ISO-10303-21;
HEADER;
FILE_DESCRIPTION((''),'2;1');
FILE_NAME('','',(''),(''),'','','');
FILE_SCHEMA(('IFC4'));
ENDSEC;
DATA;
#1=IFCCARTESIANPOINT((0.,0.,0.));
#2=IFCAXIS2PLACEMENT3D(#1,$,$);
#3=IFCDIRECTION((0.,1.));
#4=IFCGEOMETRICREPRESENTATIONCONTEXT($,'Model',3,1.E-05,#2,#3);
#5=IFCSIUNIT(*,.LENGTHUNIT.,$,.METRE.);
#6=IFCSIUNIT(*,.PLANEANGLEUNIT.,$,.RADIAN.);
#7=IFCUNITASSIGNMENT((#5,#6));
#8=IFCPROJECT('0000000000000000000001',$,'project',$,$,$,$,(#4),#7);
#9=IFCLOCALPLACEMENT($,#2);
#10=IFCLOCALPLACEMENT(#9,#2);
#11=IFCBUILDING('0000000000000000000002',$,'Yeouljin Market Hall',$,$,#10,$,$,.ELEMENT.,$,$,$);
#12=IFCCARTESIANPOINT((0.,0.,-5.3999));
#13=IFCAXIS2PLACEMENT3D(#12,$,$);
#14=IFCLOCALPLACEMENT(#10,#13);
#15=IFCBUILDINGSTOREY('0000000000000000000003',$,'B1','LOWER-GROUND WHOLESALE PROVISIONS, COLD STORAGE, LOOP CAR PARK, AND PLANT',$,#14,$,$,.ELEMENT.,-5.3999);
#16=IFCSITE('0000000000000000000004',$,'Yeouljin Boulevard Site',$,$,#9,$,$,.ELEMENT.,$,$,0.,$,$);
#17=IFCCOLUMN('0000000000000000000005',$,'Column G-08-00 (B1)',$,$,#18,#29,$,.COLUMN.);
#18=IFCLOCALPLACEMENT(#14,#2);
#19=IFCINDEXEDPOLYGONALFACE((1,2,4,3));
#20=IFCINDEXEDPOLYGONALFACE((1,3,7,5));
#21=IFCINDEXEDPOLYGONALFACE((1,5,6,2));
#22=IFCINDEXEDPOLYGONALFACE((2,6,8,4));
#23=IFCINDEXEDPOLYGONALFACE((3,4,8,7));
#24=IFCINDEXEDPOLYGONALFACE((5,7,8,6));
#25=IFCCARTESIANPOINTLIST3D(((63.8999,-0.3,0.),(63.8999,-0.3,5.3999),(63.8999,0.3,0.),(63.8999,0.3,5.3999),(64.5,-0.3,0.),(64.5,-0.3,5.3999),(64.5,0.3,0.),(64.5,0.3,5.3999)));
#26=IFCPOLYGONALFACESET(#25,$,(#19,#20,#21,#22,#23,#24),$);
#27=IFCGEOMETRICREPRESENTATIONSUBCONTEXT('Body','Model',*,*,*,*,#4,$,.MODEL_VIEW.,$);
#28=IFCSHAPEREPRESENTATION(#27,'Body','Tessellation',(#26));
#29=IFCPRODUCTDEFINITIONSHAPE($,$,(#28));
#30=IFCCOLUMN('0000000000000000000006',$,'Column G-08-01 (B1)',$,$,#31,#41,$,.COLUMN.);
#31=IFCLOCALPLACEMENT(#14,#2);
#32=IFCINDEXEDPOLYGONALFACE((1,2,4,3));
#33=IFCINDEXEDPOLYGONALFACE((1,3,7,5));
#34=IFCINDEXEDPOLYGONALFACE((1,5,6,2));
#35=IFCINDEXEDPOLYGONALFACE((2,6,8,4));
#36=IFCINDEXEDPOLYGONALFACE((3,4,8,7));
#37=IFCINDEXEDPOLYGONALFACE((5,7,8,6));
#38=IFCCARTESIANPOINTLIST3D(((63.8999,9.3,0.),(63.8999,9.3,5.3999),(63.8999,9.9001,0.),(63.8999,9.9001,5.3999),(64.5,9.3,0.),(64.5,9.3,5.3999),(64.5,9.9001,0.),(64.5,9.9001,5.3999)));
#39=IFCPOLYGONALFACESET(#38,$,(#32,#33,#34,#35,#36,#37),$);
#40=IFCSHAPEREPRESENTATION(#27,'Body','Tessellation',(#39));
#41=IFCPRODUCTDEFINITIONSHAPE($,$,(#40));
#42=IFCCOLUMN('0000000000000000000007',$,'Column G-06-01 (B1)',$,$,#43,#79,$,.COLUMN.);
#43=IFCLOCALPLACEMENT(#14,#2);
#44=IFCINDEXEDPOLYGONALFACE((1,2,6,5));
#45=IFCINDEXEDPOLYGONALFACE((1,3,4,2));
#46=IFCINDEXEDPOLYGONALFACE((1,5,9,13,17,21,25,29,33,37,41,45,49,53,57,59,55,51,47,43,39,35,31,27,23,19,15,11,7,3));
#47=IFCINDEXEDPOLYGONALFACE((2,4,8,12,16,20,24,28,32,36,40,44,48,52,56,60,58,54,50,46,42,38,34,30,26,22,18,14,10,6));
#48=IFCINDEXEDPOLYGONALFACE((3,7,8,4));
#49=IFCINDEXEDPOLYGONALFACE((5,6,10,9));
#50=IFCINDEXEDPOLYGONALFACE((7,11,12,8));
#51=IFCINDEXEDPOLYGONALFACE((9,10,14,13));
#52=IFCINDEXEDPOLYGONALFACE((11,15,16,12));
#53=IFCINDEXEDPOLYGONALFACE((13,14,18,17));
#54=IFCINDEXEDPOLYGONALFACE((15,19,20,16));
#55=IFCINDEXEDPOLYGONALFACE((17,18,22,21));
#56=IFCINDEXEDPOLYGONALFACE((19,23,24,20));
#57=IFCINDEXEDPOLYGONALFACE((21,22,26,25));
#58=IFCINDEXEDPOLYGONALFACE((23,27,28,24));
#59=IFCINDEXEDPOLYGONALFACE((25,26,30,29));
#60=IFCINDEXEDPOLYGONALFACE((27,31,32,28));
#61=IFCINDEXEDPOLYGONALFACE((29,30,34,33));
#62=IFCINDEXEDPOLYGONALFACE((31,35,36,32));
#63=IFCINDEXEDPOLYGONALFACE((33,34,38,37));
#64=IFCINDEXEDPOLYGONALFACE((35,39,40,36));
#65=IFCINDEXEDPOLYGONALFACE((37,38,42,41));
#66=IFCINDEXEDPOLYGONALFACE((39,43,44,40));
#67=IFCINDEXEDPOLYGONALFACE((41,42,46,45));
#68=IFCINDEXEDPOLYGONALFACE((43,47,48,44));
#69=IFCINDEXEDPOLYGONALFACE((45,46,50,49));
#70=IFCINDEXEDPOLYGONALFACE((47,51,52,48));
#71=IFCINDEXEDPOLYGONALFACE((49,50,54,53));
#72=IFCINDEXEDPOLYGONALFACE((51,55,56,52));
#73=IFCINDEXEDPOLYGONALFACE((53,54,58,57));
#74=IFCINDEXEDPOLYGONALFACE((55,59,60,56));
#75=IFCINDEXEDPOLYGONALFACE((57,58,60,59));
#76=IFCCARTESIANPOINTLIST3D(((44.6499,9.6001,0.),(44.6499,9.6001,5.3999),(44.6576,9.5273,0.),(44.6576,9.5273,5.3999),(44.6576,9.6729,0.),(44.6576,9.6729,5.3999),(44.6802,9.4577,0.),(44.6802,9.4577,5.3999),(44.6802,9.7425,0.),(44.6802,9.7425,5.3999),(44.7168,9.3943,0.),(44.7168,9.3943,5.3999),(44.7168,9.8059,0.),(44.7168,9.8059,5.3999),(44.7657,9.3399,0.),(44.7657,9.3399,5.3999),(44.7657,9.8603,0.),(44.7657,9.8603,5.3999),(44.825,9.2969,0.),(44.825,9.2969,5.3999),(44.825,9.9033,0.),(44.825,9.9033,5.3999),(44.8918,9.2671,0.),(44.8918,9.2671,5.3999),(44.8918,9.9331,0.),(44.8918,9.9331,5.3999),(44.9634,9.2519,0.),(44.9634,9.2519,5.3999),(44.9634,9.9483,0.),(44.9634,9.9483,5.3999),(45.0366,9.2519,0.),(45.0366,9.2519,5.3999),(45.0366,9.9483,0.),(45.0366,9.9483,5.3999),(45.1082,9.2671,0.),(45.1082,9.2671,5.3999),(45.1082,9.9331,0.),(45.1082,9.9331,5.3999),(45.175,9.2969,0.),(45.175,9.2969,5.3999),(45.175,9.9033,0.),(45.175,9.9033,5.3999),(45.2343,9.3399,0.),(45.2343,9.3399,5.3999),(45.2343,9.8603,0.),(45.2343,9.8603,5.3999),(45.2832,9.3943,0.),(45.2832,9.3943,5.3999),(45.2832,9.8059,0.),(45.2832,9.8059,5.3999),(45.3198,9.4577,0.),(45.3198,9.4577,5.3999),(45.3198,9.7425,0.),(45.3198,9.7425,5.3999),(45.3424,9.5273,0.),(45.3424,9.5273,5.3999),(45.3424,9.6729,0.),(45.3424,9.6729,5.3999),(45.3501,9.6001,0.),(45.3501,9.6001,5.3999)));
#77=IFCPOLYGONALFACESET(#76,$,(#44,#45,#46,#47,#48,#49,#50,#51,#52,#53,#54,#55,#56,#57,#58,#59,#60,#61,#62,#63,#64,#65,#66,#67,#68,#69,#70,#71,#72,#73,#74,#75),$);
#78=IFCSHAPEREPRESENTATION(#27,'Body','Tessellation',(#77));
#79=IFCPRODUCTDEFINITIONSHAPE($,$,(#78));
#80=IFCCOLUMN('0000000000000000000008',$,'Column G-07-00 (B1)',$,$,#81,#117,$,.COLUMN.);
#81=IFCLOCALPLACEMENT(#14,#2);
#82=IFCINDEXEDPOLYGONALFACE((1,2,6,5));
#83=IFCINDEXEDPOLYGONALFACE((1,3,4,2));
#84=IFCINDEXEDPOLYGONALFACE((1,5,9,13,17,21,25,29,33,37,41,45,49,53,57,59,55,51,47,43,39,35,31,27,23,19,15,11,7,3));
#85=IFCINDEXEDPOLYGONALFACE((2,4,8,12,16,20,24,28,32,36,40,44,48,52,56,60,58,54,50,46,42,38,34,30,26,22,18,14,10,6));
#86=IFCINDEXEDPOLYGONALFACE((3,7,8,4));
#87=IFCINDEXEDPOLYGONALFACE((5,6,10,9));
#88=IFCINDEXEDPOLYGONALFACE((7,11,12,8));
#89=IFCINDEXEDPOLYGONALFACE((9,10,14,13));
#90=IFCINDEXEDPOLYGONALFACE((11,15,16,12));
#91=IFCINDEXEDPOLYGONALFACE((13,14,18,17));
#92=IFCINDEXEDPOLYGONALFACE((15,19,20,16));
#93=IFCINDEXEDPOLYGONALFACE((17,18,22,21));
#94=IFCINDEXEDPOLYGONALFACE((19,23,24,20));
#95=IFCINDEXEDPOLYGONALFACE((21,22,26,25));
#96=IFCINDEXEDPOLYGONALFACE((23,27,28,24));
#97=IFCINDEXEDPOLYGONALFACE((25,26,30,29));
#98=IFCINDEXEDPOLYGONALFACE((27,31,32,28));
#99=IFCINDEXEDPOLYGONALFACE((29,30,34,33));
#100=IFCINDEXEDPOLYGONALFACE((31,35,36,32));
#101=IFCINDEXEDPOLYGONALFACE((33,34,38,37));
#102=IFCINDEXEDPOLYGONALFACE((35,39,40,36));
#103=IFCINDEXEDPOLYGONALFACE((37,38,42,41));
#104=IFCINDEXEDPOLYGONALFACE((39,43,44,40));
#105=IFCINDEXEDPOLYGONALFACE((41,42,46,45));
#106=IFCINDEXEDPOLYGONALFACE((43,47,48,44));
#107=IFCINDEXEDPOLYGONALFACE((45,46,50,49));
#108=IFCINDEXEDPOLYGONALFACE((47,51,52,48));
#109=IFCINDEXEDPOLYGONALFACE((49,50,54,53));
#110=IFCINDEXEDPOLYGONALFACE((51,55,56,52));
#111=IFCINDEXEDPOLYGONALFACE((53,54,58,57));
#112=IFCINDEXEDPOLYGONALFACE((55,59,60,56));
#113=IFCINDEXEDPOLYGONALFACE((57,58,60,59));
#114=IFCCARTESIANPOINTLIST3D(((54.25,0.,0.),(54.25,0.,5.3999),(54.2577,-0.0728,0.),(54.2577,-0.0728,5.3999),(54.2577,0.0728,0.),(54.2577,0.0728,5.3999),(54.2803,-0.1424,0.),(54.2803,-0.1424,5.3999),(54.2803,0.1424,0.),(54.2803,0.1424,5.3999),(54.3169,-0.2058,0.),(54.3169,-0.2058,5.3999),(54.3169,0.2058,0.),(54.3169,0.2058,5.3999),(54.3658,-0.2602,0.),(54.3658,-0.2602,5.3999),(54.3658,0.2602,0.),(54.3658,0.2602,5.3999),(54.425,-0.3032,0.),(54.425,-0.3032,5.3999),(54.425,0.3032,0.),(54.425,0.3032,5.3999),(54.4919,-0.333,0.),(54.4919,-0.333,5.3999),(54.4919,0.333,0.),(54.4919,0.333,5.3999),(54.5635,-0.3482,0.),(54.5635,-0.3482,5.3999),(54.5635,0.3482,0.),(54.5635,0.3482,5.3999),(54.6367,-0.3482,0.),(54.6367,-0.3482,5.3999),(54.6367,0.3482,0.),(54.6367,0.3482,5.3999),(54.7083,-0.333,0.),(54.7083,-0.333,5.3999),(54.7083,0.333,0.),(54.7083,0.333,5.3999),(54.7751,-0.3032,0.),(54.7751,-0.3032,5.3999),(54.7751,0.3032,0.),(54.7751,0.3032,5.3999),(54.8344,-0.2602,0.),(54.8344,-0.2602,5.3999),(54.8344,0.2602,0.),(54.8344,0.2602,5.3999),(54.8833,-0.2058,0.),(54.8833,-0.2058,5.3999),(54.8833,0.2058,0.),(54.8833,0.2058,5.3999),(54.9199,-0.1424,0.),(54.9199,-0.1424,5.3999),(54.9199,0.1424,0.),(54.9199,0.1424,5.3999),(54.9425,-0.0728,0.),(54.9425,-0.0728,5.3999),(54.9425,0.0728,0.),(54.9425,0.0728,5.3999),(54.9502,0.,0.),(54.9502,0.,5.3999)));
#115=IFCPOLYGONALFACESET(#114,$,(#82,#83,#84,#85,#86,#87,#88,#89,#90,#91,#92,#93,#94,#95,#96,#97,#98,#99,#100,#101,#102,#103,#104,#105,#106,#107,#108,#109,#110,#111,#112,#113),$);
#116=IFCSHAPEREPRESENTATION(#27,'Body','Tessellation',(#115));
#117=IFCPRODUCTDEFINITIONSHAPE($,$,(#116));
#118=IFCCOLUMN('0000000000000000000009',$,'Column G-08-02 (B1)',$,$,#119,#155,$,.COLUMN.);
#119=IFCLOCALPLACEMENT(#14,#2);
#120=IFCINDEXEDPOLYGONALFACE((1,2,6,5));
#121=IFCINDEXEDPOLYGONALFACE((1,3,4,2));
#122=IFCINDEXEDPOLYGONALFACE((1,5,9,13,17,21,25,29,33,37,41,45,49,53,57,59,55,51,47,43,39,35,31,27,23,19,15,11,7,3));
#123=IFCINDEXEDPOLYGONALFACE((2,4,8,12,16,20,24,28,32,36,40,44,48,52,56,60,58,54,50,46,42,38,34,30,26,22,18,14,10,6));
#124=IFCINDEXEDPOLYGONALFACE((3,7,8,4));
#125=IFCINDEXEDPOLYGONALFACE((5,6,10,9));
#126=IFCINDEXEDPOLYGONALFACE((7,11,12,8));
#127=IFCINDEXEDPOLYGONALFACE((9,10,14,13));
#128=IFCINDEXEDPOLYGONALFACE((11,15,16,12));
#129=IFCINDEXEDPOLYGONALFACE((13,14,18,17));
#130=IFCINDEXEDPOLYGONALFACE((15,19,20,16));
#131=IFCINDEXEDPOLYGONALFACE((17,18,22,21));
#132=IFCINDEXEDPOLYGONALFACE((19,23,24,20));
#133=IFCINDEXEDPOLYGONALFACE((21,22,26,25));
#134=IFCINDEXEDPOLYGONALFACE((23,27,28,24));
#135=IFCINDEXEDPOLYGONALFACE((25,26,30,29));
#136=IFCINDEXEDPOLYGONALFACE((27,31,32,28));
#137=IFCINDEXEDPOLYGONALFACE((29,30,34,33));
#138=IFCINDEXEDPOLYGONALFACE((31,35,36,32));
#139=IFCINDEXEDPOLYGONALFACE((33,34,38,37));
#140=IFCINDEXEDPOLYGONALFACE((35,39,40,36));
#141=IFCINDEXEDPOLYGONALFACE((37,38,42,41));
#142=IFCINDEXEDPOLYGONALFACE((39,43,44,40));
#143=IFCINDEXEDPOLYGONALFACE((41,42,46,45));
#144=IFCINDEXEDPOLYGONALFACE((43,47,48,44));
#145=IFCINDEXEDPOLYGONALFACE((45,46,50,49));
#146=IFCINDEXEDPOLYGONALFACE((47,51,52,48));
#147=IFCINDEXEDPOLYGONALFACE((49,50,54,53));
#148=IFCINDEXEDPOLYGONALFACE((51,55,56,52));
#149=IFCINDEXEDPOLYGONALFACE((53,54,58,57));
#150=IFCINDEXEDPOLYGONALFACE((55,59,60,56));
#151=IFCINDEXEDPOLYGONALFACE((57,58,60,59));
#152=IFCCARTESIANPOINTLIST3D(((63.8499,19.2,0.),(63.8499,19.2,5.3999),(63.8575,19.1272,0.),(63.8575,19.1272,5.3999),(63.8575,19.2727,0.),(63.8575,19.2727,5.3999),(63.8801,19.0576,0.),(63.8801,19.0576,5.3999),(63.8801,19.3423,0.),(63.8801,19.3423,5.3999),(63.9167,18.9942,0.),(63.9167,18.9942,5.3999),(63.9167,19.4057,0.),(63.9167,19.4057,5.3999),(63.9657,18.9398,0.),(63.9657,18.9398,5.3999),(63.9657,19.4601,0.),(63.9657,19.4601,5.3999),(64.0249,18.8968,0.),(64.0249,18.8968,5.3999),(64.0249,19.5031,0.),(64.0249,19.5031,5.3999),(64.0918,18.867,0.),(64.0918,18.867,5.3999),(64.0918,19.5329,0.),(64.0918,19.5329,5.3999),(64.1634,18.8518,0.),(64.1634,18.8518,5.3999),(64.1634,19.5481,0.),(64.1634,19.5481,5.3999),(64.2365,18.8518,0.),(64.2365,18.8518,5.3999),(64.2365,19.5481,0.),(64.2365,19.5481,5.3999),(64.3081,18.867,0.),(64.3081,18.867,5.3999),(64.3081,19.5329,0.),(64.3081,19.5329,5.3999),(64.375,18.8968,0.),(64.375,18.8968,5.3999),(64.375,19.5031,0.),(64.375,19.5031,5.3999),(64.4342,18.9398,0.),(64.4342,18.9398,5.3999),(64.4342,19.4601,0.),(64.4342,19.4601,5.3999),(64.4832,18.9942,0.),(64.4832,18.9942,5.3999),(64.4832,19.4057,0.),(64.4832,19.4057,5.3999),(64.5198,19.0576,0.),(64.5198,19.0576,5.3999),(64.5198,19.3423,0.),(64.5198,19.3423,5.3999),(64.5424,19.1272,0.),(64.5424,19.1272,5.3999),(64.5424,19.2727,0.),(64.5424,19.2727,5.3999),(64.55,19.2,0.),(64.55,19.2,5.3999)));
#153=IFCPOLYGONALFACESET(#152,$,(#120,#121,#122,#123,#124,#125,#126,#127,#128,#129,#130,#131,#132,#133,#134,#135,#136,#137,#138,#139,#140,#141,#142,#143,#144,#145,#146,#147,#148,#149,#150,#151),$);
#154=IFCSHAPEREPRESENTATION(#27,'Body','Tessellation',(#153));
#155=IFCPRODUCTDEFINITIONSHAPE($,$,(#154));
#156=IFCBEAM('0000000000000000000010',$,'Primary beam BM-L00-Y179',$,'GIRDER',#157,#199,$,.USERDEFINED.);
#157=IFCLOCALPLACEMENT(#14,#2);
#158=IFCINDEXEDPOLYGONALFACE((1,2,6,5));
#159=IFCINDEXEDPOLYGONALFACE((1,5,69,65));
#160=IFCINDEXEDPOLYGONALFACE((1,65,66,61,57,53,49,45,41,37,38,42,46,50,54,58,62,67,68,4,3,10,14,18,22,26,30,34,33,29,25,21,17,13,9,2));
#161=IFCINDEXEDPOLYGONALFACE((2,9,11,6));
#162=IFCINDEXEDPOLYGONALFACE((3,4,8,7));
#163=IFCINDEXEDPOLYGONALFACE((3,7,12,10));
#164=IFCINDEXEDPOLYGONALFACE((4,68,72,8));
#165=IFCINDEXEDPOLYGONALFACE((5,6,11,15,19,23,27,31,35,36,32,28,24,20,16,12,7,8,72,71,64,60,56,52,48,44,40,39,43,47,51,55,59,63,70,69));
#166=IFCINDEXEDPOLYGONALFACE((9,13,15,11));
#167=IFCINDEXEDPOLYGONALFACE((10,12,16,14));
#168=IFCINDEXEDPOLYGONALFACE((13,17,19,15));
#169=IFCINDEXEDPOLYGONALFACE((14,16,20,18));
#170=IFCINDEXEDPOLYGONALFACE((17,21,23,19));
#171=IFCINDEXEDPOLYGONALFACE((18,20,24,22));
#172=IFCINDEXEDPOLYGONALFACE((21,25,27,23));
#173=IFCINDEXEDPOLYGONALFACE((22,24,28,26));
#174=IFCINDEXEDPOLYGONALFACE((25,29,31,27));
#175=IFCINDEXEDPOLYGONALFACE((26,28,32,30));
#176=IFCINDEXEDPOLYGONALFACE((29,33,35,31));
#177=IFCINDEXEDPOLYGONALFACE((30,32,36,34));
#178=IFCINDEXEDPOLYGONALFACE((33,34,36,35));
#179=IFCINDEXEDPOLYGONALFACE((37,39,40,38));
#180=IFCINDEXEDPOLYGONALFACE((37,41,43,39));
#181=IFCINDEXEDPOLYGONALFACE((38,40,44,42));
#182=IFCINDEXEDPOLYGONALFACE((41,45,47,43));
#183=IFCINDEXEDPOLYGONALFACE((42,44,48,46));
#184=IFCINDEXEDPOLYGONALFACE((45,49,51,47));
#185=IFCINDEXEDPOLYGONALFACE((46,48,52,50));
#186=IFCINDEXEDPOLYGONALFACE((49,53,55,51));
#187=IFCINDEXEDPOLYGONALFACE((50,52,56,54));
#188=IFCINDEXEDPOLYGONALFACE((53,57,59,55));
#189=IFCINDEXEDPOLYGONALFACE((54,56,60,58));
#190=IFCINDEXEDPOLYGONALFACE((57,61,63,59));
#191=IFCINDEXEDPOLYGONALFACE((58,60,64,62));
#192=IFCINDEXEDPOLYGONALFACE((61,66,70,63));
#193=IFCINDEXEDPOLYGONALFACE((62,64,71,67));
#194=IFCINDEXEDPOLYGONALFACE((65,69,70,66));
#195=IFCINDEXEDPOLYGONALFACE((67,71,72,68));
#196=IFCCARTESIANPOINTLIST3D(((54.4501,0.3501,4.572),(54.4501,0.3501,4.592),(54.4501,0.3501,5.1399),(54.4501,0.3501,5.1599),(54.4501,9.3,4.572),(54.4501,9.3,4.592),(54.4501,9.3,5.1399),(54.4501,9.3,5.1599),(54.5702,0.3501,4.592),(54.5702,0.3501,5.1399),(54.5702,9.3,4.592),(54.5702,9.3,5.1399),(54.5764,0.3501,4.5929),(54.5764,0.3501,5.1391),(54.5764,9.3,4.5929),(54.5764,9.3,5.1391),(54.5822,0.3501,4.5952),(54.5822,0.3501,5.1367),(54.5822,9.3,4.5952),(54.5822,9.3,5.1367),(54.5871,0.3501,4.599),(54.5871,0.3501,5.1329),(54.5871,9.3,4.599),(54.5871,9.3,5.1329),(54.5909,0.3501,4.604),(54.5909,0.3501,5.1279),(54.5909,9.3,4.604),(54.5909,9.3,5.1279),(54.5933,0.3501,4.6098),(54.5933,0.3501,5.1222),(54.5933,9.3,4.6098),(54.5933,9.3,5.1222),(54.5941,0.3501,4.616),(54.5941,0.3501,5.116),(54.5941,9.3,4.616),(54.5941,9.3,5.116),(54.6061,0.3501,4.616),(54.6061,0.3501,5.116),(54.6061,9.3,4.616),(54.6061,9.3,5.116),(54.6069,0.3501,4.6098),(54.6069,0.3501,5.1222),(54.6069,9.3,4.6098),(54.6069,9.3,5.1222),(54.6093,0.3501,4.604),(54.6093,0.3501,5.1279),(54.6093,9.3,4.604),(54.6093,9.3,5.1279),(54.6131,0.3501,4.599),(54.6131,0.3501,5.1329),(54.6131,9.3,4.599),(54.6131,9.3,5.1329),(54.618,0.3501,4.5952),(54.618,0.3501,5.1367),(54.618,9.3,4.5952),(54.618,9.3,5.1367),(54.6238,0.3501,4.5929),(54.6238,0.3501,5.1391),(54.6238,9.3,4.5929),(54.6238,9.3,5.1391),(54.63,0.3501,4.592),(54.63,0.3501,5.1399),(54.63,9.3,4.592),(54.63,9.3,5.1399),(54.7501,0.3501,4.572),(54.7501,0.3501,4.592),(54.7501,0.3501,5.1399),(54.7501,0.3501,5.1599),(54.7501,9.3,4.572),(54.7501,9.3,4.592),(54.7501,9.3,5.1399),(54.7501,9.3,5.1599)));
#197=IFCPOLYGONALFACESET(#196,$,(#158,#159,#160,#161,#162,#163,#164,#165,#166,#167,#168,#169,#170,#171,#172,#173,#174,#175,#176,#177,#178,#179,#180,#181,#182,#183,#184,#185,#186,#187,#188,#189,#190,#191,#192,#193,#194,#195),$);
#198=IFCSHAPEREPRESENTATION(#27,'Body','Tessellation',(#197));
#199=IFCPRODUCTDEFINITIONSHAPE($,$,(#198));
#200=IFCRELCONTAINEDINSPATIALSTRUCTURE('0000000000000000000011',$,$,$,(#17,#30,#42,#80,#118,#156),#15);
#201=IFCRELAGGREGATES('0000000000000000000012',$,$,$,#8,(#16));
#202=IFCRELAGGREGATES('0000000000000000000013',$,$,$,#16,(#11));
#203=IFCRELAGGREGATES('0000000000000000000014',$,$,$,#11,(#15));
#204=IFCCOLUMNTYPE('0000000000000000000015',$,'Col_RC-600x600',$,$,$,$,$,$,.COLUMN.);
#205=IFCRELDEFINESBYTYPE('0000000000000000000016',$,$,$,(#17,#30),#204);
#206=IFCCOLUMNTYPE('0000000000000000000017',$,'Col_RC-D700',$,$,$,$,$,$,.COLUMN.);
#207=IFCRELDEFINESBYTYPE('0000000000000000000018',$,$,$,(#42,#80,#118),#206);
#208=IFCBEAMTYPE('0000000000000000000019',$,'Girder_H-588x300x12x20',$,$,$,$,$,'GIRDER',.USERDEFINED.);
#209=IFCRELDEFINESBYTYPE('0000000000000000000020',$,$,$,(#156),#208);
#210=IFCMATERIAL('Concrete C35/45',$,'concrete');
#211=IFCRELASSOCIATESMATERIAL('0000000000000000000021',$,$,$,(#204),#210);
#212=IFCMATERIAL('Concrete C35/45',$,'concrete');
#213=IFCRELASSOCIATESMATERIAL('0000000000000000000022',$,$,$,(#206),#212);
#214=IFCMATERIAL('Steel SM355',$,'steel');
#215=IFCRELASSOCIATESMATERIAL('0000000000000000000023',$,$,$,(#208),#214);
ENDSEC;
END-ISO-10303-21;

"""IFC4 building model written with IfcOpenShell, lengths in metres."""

from ifc_helpers import new_model, si_unit, direction, frame, origin, origin_2d, place, context, subcontext, project, spatial, rectangle, circle, i_section, extrude, material, material_profile, profile_set, type_object, element, save


model = new_model("IFC4")

# Units and contexts
model_context = context("Model", 3, precision=1e-05, world=origin(), true_north=direction((0.0, 1.0)))
body_context = subcontext(model_context, "Body", "Model", "MODEL_VIEW")
ifc_project = project(units=[si_unit("LENGTHUNIT", "METRE"), si_unit("PLANEANGLEUNIT", "RADIAN")], contexts=[model_context])

# Site, building, storey
site_placement = place(None, origin())
site = spatial("IfcSite", under=ifc_project, at=site_placement, Name="Yeouljin Boulevard Site", CompositionType="ELEMENT", RefElevation=0.0)
building_placement = place(site_placement, origin())
building = spatial("IfcBuilding", under=site, at=building_placement, Name="Yeouljin Market Hall", CompositionType="ELEMENT")
storey_placement = place(building_placement, frame((0.0, 0.0, -5.3999)))
storey = spatial("IfcBuildingStorey", under=building, at=storey_placement, Name="B1", Description="LOWER-GROUND WHOLESALE PROVISIONS, COLD STORAGE, LOOP CAR PARK, AND PLANT", CompositionType="ELEMENT", Elevation=-5.3999)

# Columns
ifc_material_1 = material(Name="Concrete C35/45", Category="concrete")
ifc_material_profile_1 = material_profile(ifc_material_1, rectangle(XDim=0.6001, YDim=0.6001, at=origin_2d()), Name="RC-600x600")
ifc_profile_set_1 = profile_set([ifc_material_profile_1], Name="Concrete C35/45")
column_type_1 = type_object("IfcColumnType", Name="Col_RC-600x600", PredefinedType="COLUMN", material=ifc_profile_set_1)
for number, where, z_axis, x_axis, name in (
    (1, (64.2, 0.0, 0.0), (0.0, 0.0, 1.0), (1.0, 0.0, 0.0), "Column G-08-00 (B1)"),
    (2, (64.2, 9.6001, 0.0), (0.0, 0.0, 1.0), (1.0, 0.0, 0.0), "Column G-08-01 (B1)"),
):
    element("IfcColumn", number, at=place(storey_placement, frame(where, z_axis=z_axis, x_axis=x_axis)), inside=storey, type_object=column_type_1, Name=name, PredefinedType="COLUMN", context=body_context, shape_type="SweptSolid", body=[
        extrude(rectangle(XDim=0.6001, YDim=0.6001, at=origin_2d()), origin(), (0.0, 0.0, 1.0), 5.3999),
    ])
ifc_material_2 = material(Name="Concrete C35/45", Category="concrete")
ifc_material_profile_2 = material_profile(ifc_material_2, circle(Radius=0.3501, at=origin_2d()), Name="RC-D700")
ifc_profile_set_2 = profile_set([ifc_material_profile_2], Name="Concrete C35/45")
column_type_2 = type_object("IfcColumnType", Name="Col_RC-D700", PredefinedType="COLUMN", material=ifc_profile_set_2)
for number, where, z_axis, x_axis, name in (
    (3, (45.0, 9.6001, 0.0), (0.0, 0.0, 1.0), (1.0, 0.0, 0.0), "Column G-06-01 (B1)"),
    (4, (54.6001, 0.0, 0.0), (0.0, 0.0, 1.0), (1.0, 0.0, 0.0), "Column G-07-00 (B1)"),
    (5, (64.2, 19.2, 0.0), (0.0, 0.0, 1.0), (1.0, 0.0, 0.0), "Column G-08-02 (B1)"),
):
    element("IfcColumn", number, at=place(storey_placement, frame(where, z_axis=z_axis, x_axis=x_axis)), inside=storey, type_object=column_type_2, Name=name, PredefinedType="COLUMN", context=body_context, shape_type="SweptSolid", body=[
        extrude(circle(Radius=0.3501, at=origin_2d()), origin(), (0.0, 0.0, 1.0), 5.3999),
    ])

# Beam
ifc_material_3 = material(Name="Steel SM355", Category="steel")
ifc_material_profile_3 = material_profile(ifc_material_3, i_section(OverallWidth=0.3, OverallDepth=0.5879, WebThickness=0.012, FlangeThickness=0.02, FilletRadius=0.0239, at=origin_2d()), Name="H-588x300x12x20")
ifc_profile_set_3 = profile_set([ifc_material_profile_3], Name="Steel SM355")
beam_type_1 = type_object("IfcBeamType", Name="Girder_H-588x300x12x20", ElementType="GIRDER", PredefinedType="USERDEFINED", material=ifc_profile_set_3)
beam_1_placement = place(storey_placement, frame((54.6001, 0.3501, 4.866), z_axis=(0.0, 1.0, 0.0), x_axis=(-1.0, 0.0, 0.0)))
element("IfcBeam", 6, at=beam_1_placement, inside=storey, type_object=beam_type_1, Name="Primary beam BM-L00-Y179", ObjectType="GIRDER", PredefinedType="USERDEFINED", context=body_context, shape_type="SweptSolid", body=[
    extrude(i_section(OverallWidth=0.3, OverallDepth=0.5879, WebThickness=0.012, FlangeThickness=0.02, FilletRadius=0.0239, at=origin_2d()), origin(), (0.0, 0.0, 1.0), 8.95),
])

save(model, "model.ifc")
